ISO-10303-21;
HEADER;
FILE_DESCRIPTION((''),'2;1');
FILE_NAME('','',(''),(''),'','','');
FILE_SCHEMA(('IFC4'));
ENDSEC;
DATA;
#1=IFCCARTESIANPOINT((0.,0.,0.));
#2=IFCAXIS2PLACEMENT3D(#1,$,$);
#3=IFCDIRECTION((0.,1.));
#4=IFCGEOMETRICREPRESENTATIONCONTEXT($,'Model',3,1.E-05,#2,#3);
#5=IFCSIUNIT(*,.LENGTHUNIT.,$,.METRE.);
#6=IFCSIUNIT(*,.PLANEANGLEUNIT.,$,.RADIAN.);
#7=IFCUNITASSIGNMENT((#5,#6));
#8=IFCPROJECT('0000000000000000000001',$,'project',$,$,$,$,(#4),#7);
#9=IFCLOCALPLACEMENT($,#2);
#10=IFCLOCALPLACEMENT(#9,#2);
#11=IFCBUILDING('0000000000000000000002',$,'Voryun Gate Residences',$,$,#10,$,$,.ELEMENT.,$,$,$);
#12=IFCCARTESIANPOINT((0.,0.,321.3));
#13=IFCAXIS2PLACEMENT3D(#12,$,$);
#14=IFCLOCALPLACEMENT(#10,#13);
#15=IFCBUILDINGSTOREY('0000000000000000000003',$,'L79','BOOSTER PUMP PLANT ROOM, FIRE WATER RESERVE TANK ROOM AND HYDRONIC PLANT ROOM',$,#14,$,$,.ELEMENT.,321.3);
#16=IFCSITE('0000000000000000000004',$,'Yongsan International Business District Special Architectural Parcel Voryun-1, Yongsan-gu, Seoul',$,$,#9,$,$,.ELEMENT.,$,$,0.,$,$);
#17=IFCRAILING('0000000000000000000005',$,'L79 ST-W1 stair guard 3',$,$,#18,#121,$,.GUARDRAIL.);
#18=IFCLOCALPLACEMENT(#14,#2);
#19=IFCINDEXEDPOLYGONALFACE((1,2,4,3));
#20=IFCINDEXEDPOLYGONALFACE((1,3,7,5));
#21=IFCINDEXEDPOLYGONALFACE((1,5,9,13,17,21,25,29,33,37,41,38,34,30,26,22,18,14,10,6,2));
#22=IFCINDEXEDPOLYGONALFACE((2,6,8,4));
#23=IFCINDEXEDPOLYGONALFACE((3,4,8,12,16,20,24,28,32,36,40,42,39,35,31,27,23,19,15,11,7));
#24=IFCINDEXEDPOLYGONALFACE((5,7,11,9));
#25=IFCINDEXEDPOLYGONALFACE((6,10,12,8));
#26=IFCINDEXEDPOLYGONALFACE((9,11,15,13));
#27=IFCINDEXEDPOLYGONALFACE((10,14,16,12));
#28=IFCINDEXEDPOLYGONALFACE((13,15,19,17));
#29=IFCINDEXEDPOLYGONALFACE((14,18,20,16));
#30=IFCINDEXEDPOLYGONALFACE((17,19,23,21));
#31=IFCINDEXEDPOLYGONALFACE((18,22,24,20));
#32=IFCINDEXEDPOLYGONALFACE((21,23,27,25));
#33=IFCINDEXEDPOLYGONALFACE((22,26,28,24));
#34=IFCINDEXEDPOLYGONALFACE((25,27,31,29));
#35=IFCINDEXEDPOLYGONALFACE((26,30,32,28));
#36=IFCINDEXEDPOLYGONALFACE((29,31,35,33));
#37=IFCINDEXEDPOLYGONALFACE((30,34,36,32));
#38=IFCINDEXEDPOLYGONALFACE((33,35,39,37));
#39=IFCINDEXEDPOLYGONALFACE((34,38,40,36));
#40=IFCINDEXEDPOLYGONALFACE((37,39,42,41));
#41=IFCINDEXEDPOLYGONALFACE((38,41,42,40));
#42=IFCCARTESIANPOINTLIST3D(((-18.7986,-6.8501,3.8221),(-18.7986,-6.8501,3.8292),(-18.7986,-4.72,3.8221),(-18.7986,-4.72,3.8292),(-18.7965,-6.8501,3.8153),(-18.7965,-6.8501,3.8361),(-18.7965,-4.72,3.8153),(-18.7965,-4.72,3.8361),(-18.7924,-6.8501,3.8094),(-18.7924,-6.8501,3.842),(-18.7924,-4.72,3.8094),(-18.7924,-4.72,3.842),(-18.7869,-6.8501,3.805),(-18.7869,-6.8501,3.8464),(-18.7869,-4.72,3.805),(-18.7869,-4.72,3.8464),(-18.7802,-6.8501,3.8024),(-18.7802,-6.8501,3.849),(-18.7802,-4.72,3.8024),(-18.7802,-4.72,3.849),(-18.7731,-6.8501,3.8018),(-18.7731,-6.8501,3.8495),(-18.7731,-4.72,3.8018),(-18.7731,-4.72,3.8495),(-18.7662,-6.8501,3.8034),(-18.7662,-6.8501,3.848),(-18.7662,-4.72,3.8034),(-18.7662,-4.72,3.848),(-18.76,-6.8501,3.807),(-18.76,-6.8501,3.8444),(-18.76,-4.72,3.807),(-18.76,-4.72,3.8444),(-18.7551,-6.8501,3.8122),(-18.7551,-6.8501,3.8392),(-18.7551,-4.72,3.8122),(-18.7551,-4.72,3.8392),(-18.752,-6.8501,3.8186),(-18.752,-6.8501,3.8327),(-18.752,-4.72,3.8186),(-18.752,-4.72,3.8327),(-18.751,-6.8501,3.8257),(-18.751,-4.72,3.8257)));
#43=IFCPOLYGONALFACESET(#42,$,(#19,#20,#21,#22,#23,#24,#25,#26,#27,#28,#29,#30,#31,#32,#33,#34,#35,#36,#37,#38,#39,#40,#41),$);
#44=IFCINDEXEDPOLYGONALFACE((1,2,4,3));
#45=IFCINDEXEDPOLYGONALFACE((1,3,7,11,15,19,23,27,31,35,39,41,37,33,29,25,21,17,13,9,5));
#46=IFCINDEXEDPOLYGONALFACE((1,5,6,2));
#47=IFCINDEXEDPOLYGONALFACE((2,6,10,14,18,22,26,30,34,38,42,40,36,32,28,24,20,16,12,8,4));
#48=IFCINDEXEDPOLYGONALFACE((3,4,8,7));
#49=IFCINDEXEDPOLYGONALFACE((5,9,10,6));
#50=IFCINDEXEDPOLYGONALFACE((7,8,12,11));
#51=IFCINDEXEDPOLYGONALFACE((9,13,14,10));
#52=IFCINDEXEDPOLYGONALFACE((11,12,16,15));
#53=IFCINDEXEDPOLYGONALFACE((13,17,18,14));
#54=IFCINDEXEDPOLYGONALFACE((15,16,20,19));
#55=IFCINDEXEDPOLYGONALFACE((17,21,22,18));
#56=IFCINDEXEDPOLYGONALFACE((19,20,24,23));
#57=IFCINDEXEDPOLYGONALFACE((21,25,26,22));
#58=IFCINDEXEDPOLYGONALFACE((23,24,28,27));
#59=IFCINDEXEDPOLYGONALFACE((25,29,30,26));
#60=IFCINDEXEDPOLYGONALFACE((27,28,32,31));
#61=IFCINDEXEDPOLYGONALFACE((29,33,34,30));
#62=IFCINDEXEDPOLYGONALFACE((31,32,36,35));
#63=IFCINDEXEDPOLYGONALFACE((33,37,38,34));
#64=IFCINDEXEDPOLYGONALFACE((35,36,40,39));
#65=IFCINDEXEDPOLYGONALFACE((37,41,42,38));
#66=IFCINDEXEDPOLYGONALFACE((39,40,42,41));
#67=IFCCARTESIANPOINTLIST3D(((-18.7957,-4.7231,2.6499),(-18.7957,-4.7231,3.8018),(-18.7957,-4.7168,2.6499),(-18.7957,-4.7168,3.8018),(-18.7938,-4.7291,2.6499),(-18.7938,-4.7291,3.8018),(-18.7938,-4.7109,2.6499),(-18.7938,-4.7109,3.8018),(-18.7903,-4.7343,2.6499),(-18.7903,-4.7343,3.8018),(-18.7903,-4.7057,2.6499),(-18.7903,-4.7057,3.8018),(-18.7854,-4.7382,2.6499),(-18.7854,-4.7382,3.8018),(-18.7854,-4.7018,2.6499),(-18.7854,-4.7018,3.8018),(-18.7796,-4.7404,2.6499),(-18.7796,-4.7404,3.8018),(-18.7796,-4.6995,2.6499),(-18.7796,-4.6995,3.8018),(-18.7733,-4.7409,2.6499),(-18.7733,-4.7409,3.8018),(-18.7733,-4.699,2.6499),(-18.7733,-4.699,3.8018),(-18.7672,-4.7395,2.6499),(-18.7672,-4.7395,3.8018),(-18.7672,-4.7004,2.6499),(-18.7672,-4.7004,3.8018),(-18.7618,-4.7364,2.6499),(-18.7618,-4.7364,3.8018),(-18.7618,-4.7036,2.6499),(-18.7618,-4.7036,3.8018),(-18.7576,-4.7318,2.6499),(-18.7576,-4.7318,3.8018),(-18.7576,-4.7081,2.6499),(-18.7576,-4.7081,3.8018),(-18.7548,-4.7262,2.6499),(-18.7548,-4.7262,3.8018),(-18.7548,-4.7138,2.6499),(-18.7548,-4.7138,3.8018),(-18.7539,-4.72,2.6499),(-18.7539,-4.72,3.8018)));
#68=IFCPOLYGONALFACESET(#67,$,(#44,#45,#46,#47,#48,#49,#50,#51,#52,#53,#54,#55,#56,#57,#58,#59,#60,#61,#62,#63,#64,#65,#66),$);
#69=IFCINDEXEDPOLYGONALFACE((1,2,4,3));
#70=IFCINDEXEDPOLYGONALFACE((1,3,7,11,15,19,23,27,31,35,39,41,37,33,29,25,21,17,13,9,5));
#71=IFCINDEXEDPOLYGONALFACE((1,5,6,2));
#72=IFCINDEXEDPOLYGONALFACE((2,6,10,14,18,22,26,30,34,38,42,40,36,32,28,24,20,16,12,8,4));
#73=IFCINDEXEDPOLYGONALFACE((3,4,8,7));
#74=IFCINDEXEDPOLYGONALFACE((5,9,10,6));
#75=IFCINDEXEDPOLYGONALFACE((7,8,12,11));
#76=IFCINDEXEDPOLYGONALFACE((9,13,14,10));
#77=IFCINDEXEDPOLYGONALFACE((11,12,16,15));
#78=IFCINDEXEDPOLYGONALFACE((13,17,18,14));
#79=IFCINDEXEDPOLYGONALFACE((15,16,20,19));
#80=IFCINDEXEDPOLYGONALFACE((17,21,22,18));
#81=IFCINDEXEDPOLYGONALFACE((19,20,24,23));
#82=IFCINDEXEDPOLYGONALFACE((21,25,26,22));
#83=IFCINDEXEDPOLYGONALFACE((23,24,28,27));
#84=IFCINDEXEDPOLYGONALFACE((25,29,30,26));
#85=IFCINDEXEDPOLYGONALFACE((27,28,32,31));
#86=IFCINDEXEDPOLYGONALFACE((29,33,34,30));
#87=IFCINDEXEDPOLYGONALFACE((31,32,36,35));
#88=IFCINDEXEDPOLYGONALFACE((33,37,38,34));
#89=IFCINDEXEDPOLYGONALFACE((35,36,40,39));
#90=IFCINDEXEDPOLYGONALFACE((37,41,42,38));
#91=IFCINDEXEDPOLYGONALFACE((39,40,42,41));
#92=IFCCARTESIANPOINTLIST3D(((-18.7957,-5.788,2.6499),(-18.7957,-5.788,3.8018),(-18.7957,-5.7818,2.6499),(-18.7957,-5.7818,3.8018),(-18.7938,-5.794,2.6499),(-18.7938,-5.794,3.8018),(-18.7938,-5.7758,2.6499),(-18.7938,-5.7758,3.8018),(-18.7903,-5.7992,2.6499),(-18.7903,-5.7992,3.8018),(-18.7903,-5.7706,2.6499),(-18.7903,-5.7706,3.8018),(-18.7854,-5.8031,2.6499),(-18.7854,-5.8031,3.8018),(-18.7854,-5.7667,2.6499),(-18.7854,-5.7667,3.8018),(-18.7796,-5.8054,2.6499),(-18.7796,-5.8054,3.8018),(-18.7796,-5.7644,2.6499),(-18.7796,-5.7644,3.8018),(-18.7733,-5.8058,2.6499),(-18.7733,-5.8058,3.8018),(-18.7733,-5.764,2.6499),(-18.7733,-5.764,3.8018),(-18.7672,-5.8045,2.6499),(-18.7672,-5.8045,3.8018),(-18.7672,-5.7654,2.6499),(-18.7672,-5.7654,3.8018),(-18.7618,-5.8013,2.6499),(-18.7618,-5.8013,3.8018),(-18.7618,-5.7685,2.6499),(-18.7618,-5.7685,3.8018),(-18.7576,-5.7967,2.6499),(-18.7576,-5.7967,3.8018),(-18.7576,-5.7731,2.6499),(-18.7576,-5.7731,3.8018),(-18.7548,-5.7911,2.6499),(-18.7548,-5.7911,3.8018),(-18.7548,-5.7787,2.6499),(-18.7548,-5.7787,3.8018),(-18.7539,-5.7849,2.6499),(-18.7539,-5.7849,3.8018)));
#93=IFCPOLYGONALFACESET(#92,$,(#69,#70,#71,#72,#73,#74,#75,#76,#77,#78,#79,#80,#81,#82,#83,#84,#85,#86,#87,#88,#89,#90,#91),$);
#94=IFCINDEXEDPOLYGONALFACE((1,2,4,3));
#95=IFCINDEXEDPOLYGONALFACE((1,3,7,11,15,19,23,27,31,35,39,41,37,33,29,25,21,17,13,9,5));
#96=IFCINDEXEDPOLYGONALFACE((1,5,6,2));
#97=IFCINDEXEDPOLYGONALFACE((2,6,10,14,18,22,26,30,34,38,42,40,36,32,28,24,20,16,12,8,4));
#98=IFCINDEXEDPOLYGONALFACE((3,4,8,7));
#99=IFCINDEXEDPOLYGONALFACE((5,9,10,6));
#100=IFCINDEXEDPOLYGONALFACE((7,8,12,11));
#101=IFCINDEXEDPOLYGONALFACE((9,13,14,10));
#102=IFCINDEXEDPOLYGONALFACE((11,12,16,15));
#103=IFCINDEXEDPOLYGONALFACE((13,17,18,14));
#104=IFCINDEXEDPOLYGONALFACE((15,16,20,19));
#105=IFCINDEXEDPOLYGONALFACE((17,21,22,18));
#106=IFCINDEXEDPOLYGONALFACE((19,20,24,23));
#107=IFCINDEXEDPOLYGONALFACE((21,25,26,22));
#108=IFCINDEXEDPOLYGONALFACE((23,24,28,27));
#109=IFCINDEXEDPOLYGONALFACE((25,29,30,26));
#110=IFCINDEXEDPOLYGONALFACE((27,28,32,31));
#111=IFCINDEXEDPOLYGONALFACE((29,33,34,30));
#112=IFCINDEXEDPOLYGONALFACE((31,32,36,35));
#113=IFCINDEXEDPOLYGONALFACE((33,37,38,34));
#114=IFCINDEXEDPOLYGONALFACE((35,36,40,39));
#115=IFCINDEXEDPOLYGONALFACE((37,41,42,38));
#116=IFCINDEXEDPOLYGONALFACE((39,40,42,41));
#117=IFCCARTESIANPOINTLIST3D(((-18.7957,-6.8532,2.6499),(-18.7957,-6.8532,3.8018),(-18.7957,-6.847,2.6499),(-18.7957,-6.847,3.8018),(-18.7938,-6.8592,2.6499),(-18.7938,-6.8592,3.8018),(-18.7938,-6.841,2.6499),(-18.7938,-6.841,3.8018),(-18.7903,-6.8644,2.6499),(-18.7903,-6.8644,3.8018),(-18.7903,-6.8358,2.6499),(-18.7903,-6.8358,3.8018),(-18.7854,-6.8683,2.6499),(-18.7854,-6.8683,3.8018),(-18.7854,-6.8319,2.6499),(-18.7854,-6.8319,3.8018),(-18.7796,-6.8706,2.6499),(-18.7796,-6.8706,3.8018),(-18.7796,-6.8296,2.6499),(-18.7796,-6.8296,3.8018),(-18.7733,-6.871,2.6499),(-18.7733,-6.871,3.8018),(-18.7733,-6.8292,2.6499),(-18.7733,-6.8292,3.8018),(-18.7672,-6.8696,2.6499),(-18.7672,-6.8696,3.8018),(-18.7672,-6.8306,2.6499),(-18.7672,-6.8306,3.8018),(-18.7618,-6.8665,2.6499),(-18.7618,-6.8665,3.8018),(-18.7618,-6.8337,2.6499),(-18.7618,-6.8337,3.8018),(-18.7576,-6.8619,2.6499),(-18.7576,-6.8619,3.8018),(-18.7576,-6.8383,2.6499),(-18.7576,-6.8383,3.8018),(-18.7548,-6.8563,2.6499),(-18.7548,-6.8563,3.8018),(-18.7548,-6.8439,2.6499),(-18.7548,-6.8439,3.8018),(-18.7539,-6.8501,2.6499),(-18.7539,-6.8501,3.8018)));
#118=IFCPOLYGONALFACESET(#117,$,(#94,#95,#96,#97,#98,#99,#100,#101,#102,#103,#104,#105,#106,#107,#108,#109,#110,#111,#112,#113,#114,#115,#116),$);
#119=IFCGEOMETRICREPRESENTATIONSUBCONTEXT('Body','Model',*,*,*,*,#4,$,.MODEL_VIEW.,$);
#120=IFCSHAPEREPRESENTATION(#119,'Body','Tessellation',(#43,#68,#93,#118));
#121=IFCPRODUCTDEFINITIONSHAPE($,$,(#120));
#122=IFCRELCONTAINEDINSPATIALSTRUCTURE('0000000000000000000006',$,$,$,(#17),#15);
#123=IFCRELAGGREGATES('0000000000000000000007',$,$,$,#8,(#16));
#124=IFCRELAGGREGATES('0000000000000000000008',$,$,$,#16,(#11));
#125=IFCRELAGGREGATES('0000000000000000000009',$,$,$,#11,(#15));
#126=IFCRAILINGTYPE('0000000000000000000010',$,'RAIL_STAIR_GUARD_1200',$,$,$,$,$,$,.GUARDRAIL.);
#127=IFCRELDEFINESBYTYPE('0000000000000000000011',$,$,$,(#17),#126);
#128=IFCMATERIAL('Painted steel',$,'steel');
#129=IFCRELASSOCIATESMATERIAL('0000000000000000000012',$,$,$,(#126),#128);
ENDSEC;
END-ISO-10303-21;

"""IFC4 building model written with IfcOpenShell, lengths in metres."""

from ifc_helpers import new_model, si_unit, direction, frame, origin, origin_2d, place, context, subcontext, project, spatial, circle, extrude, material, type_object, element, save


model = new_model("IFC4")

# Units and contexts
model_context = context("Model", 3, precision=1e-05, world=origin(), true_north=direction((0.0, 1.0)))
body_context = subcontext(model_context, "Body", "Model", "MODEL_VIEW")
ifc_project = project(units=[si_unit("LENGTHUNIT", "METRE"), si_unit("PLANEANGLEUNIT", "RADIAN")], contexts=[model_context])

# Site, building, storey
site_placement = place(None, origin())
site = spatial("IfcSite", under=ifc_project, at=site_placement, Name="Yongsan International Business District Special Architectural Parcel Voryun-1, Yongsan-gu, Seoul", CompositionType="ELEMENT", RefElevation=0.0)
building_placement = place(site_placement, origin())
building = spatial("IfcBuilding", under=site, at=building_placement, Name="Voryun Gate Residences", CompositionType="ELEMENT")
storey_placement = place(building_placement, frame((0.0, 0.0, 321.3)))
storey = spatial("IfcBuildingStorey", under=building, at=storey_placement, Name="L79", Description="BOOSTER PUMP PLANT ROOM, FIRE WATER RESERVE TANK ROOM AND HYDRONIC PLANT ROOM", CompositionType="ELEMENT", Elevation=321.3)

# Railing
ifc_material_1 = material(Name="Painted steel", Category="steel")
railing_type = type_object("IfcRailingType", Name="RAIL_STAIR_GUARD_1200", PredefinedType="GUARDRAIL", material=ifc_material_1)
railing_1_placement = place(storey_placement, frame((-18.7749, -4.72, 2.6499)))
element("IfcRailing", 1, at=railing_1_placement, inside=storey, type_object=railing_type, Name="L79 ST-W1 stair guard 3", PredefinedType="GUARDRAIL", context=body_context, shape_type="SweptSolid", body=[
    extrude(circle(Radius=0.0239, at=origin_2d()), frame((0.0, 0.0, 1.1758), z_axis=(0.0, -1.0, 0.0), x_axis=(1.0, 0.0, 0.0)), (0.0, 0.0, 1.0), 2.1301),
    extrude(circle(Radius=0.021, at=origin_2d()), origin(), (0.0, 0.0, 1.0), 1.1519),
    extrude(circle(Radius=0.021, at=origin_2d()), frame((0.0, -1.0649, 0.0)), (0.0, 0.0, 1.0), 1.1519),
    extrude(circle(Radius=0.021, at=origin_2d()), frame((0.0, -2.1301, 0.0)), (0.0, 0.0, 1.0), 1.1519),
])

save(model, "model.ifc")
